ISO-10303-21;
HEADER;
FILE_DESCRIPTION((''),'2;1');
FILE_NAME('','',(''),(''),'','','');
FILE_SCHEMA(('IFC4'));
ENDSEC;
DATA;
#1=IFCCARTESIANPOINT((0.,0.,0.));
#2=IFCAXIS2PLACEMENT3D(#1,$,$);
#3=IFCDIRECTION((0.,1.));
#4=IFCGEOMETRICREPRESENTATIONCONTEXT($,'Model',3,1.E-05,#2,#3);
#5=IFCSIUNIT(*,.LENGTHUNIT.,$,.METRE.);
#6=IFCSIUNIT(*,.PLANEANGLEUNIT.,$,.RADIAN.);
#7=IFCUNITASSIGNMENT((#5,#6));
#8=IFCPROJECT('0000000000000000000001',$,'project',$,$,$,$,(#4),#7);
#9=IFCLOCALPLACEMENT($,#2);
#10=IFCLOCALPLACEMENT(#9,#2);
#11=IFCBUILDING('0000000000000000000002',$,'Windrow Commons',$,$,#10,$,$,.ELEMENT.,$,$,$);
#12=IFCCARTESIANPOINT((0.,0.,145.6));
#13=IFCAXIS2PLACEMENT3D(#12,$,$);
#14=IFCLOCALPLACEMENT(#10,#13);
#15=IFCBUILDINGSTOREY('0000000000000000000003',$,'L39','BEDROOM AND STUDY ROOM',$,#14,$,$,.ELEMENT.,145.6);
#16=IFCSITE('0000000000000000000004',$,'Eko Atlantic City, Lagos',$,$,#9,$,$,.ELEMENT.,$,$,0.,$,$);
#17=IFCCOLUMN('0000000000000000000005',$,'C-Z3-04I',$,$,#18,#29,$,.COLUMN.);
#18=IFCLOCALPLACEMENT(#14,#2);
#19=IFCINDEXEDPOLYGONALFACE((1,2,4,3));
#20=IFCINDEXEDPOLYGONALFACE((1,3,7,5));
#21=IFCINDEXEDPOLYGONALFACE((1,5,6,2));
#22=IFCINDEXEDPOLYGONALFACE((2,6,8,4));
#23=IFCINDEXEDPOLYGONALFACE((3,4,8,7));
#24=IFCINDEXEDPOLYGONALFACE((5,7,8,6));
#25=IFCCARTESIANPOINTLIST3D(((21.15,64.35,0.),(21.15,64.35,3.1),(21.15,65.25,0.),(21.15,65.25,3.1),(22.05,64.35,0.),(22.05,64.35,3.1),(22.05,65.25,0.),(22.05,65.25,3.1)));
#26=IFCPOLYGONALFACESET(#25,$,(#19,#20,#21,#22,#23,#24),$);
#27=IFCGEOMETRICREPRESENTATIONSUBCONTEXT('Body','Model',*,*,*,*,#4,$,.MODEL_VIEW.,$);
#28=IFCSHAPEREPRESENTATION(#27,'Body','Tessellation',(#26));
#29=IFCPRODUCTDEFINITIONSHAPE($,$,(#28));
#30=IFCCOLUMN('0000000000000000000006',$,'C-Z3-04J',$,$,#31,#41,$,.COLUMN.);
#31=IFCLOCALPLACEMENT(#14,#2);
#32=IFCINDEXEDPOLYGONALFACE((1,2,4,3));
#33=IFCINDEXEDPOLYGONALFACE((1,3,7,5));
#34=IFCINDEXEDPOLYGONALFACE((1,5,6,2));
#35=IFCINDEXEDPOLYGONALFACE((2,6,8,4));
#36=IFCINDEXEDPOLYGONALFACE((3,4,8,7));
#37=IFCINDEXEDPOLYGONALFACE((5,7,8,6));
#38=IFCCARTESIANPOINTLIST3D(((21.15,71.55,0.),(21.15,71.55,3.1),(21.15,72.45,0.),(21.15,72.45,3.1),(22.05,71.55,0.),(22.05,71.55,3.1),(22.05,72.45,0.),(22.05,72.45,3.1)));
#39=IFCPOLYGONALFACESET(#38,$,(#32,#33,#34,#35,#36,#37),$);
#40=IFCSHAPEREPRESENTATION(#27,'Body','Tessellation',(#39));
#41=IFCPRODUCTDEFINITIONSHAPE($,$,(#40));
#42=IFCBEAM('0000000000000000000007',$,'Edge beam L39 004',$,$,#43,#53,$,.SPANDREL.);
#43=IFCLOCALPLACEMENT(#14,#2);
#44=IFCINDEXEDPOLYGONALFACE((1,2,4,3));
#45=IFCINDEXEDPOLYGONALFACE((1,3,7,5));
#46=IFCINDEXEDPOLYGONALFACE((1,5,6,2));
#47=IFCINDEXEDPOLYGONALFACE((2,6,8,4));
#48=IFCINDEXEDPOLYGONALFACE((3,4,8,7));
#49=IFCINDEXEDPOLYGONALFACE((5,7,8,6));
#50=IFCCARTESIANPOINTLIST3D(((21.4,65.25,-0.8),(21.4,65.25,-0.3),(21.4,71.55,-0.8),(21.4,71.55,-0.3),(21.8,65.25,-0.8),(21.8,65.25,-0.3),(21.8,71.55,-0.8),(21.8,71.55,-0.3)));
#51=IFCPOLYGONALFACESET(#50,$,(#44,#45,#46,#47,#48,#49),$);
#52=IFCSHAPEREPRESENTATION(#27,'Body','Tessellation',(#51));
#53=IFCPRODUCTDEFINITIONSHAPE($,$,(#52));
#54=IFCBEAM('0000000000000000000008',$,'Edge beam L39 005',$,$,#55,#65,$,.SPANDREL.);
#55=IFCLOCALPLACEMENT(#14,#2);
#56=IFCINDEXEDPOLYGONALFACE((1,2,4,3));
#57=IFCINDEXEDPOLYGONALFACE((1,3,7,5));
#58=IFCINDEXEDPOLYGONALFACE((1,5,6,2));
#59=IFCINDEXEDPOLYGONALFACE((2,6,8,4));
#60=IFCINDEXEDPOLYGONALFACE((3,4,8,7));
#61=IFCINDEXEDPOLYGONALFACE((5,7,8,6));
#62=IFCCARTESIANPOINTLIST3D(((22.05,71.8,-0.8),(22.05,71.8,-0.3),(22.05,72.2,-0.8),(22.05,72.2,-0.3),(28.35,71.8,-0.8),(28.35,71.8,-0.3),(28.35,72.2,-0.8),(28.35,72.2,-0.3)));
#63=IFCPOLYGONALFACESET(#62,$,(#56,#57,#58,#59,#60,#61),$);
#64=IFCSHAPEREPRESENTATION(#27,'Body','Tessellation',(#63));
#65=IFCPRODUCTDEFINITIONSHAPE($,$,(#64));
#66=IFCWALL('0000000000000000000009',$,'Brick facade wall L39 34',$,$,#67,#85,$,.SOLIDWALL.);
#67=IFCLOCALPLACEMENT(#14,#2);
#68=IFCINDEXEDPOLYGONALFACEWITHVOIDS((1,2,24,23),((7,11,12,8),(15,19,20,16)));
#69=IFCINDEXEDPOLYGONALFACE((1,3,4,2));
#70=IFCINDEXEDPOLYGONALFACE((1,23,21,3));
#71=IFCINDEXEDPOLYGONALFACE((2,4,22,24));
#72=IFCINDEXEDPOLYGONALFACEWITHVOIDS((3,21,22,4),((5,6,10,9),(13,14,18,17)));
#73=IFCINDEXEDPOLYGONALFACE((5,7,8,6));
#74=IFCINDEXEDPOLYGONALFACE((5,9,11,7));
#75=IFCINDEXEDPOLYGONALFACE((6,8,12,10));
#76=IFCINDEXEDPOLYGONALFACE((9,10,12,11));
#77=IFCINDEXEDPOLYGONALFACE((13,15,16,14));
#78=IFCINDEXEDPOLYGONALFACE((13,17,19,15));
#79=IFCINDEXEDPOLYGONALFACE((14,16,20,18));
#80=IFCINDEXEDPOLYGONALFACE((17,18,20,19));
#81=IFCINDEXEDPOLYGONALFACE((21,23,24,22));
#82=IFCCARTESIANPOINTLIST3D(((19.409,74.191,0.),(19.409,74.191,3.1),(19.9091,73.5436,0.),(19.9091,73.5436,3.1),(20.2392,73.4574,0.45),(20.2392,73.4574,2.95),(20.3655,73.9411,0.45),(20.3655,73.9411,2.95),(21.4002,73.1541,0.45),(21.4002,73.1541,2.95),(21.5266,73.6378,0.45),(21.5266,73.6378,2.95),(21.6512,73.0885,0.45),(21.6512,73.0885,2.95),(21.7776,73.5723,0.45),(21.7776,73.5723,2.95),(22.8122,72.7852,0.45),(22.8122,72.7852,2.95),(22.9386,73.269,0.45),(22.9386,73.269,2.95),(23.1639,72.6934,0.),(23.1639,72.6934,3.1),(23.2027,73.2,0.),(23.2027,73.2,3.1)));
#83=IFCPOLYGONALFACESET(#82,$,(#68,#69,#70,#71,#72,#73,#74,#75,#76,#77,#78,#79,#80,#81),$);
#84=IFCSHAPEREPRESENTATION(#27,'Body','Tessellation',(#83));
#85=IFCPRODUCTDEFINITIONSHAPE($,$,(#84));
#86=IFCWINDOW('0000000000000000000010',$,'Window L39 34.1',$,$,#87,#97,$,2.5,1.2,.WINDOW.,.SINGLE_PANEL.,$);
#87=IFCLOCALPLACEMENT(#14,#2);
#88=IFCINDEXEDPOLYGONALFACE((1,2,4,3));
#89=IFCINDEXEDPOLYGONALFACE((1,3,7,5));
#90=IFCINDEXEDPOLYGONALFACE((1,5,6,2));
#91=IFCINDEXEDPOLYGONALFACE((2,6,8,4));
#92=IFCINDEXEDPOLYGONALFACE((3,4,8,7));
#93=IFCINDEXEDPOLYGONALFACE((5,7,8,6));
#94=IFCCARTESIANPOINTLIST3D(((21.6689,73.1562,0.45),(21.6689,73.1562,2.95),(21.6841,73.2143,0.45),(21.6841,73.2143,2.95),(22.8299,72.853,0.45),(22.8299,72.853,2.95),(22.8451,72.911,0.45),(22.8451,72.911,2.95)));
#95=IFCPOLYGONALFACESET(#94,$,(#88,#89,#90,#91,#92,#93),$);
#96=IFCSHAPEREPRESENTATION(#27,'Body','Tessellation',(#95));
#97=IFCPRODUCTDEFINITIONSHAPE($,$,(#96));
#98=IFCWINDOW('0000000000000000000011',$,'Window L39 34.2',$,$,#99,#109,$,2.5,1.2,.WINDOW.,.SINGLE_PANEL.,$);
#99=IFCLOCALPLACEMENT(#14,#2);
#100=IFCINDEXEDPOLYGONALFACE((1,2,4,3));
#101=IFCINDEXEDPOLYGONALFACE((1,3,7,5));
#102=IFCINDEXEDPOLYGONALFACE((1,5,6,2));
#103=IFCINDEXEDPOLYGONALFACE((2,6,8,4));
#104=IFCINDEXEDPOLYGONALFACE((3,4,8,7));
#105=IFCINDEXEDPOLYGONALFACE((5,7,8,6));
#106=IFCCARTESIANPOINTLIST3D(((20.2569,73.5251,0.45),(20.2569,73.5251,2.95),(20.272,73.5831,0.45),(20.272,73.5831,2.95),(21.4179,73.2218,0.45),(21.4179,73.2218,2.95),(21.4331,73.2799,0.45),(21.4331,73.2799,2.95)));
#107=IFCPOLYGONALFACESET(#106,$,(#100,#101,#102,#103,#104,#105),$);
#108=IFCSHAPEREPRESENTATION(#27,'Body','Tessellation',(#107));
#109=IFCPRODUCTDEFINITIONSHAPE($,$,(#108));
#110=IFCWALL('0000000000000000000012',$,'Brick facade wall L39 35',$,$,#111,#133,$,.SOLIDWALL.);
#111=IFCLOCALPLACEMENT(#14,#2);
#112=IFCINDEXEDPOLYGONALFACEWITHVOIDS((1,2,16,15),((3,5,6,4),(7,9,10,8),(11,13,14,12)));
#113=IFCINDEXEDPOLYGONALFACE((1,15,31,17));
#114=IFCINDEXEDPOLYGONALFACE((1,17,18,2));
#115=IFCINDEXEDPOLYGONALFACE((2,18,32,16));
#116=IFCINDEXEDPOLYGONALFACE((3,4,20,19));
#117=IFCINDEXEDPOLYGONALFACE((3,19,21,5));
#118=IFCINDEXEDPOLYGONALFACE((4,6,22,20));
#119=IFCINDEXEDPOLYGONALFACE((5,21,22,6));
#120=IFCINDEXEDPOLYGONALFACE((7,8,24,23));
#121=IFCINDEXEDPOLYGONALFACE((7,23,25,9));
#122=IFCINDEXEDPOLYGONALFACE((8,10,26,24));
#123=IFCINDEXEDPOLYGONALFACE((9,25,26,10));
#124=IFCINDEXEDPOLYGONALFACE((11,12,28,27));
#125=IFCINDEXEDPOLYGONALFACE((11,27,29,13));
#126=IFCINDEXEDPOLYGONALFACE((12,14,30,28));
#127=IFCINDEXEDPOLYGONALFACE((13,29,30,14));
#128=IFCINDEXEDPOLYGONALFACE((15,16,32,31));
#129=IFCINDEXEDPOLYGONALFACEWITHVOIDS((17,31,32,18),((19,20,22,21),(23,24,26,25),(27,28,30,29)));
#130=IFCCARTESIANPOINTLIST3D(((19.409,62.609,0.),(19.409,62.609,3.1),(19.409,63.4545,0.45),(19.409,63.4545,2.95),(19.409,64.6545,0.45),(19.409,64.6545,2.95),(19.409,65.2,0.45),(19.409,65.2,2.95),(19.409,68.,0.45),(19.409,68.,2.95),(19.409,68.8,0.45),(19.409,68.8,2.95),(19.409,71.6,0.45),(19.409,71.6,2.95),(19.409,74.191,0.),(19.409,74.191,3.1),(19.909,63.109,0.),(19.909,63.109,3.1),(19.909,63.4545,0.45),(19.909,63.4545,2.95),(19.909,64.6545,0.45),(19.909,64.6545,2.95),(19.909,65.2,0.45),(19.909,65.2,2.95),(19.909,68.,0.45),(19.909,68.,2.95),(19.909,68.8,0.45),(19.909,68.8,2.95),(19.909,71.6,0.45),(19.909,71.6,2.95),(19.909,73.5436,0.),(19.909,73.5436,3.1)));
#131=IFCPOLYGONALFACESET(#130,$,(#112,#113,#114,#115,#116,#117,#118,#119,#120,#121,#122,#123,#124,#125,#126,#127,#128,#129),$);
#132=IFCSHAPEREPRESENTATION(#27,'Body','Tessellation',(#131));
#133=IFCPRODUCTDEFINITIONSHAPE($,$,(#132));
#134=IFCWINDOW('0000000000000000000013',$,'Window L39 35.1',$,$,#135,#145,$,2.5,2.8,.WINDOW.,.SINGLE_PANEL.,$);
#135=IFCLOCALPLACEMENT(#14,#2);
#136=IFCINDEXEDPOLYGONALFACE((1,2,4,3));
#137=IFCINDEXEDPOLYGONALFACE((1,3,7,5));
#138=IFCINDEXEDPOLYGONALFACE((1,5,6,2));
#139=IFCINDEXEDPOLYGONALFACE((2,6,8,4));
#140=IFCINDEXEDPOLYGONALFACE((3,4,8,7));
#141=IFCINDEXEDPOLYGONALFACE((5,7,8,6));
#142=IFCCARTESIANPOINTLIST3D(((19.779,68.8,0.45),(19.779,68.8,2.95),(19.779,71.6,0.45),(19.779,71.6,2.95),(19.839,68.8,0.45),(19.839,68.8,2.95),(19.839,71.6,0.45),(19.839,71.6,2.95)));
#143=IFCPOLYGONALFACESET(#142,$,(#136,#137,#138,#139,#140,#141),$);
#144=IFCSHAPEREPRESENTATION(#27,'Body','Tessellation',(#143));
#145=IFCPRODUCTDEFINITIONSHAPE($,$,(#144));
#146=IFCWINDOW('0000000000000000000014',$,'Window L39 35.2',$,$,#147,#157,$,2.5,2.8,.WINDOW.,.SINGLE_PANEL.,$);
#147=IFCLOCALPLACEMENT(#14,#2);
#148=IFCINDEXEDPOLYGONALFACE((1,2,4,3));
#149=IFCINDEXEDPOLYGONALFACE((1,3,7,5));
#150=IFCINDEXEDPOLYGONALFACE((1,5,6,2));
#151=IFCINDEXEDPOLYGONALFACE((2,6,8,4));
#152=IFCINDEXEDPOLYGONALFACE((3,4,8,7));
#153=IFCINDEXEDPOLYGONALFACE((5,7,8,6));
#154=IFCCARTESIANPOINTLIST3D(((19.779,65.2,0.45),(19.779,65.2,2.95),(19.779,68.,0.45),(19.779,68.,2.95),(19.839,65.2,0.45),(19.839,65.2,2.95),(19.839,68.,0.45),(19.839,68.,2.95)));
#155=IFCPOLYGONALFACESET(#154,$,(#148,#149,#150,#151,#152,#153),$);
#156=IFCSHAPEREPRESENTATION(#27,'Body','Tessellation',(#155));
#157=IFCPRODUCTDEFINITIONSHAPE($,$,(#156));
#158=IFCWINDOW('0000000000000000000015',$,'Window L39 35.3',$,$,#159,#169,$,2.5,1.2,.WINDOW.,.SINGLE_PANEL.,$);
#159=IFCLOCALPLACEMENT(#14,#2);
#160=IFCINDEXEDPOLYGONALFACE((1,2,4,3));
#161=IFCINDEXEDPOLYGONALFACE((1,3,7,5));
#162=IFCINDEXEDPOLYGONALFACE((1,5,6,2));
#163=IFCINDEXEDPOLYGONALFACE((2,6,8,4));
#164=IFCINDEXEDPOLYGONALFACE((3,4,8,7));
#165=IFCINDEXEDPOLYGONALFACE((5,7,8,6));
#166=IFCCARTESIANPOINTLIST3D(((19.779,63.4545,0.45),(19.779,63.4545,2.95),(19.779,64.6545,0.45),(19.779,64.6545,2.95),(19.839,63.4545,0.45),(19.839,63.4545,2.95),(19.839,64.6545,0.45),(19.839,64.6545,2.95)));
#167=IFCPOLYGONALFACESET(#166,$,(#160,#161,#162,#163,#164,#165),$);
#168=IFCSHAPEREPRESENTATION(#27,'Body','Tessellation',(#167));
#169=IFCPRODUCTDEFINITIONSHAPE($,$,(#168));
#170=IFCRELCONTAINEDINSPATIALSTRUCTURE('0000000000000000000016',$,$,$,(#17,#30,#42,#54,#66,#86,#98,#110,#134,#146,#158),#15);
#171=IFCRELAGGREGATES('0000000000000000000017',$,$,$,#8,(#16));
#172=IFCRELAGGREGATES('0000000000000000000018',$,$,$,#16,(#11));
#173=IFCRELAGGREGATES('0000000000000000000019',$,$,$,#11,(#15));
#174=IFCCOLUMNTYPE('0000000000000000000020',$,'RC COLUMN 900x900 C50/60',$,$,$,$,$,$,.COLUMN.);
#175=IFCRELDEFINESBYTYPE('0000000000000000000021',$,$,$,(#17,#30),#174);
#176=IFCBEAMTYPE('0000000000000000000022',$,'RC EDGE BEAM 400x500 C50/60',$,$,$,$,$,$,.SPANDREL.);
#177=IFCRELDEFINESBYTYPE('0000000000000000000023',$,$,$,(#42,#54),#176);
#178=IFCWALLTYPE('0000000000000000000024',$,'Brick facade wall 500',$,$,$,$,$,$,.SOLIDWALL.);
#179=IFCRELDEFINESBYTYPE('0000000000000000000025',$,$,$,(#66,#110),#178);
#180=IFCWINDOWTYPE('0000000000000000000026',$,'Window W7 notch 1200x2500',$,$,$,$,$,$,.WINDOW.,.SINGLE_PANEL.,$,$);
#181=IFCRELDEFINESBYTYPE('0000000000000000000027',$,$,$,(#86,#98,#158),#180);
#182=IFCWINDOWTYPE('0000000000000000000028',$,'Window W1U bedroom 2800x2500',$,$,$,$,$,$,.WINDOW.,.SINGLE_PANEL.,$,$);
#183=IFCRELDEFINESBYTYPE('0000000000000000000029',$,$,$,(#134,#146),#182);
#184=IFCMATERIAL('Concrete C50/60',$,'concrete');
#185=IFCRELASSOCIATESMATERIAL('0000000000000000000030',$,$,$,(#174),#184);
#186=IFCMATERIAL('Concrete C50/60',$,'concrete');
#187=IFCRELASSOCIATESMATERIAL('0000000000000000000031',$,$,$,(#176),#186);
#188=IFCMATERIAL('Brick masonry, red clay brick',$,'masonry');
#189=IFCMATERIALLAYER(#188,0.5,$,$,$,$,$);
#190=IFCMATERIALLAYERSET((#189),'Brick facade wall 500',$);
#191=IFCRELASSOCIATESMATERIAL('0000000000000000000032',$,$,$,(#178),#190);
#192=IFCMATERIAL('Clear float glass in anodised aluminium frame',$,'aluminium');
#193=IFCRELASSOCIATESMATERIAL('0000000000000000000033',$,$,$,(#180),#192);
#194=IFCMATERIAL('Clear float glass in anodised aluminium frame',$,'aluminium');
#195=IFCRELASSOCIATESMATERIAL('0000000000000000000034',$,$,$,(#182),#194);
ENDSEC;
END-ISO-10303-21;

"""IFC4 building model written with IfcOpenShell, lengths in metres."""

from ifc_helpers import new_model, si_unit, direction, frame, frame_2d, origin, origin_2d, place, context, subcontext, project, spatial, polyline, rectangle, outline, extrude, material, layer, layer_set, material_profile, profile_set, type_object, element, fill, save


model = new_model("IFC4")

# Units and contexts
model_context = context("Model", 3, precision=1e-05, world=origin(), true_north=direction((0.0, 1.0)))
body_context = subcontext(model_context, "Body", "Model", "MODEL_VIEW")
ifc_project = project(units=[si_unit("LENGTHUNIT", "METRE"), si_unit("PLANEANGLEUNIT", "RADIAN")], contexts=[model_context])

# Site, building, storey
site_placement = place(None, origin())
site = spatial("IfcSite", under=ifc_project, at=site_placement, Name="Eko Atlantic City, Lagos", CompositionType="ELEMENT", RefElevation=0.0)
building_placement = place(site_placement, origin())
building = spatial("IfcBuilding", under=site, at=building_placement, Name="Windrow Commons", CompositionType="ELEMENT")
storey_placement = place(building_placement, frame((0.0, 0.0, 145.6)))
storey = spatial("IfcBuildingStorey", under=building, at=storey_placement, Name="L39", Description="BEDROOM AND STUDY ROOM", CompositionType="ELEMENT", Elevation=145.6)

# Columns
ifc_material_1 = material(Name="Concrete C50/60", Category="concrete")
ifc_material_profile_1 = material_profile(ifc_material_1, rectangle(XDim=0.9, YDim=0.9, at=origin_2d()))
ifc_profile_set_1 = profile_set([ifc_material_profile_1], Name="Concrete C50/60")
column_type = type_object("IfcColumnType", Name="RC COLUMN 900x900 C50/60", PredefinedType="COLUMN", material=ifc_profile_set_1)
for number, where, z_axis, x_axis, name in (
    (1, (21.6, 64.8, 0.0), (0.0, 0.0, 1.0), (1.0, 0.0, 0.0), "C-Z3-04I"),
    (2, (21.6, 72.0, 0.0), (0.0, 0.0, 1.0), (1.0, 0.0, 0.0), "C-Z3-04J"),
):
    element("IfcColumn", number, at=place(storey_placement, frame(where, z_axis=z_axis, x_axis=x_axis)), inside=storey, type_object=column_type, Name=name, PredefinedType="COLUMN", context=body_context, shape_type="SweptSolid", body=[
        extrude(rectangle(XDim=0.9, YDim=0.9, at=origin_2d()), origin(), (0.0, 0.0, 1.0), 3.1),
    ])

# Beams
ifc_material_2 = material(Name="Concrete C50/60", Category="concrete")
ifc_material_profile_2 = material_profile(ifc_material_2, rectangle(XDim=0.4, YDim=0.5, at=origin_2d()))
ifc_profile_set_2 = profile_set([ifc_material_profile_2], Name="Concrete C50/60")
beam_type = type_object("IfcBeamType", Name="RC EDGE BEAM 400x500 C50/60", PredefinedType="SPANDREL", material=ifc_profile_set_2)
for number, where, z_axis, x_axis, name in (
    (3, (21.6, 65.25, -0.55), (0.0, 1.0, 0.0), (-1.0, 0.0, 0.0), "Edge beam L39 004"),
    (4, (22.05, 72.0, -0.55), (1.0, 0.0, 0.0), (0.0, 1.0, 0.0), "Edge beam L39 005"),
):
    element("IfcBeam", number, at=place(storey_placement, frame(where, z_axis=z_axis, x_axis=x_axis)), inside=storey, type_object=beam_type, Name=name, PredefinedType="SPANDREL", context=body_context, shape_type="SweptSolid", body=[
        extrude(rectangle(XDim=0.4, YDim=0.5, at=origin_2d()), origin(), (0.0, 0.0, 1.0), 6.3),
    ])

# Walls, openings, windows
ifc_material_3 = material(Name="Brick masonry, red clay brick", Category="masonry")
ifc_layer_1 = layer(ifc_material_3, 0.5)
ifc_layer_set_1 = layer_set([ifc_layer_1], Name="Brick facade wall 500")
wall_type_1 = type_object("IfcWallType", Name="Brick facade wall 500", PredefinedType="SOLIDWALL", material=ifc_layer_set_1)
wall_1_placement = place(storey_placement, frame((23.1833, 72.9467, 0.0), z_axis=(0.0, 0.0, 1.0), x_axis=(-0.967536, 0.252735, 0.0)))
wall_1 = element("IfcWall", 5, at=wall_1_placement, inside=storey, type_object=wall_type_1, Name="Brick facade wall L39 34", PredefinedType="SOLIDWALL", context=body_context, shape_type="SweptSolid", body=[
    extrude(outline(polyline([(0.0453, -0.25), (3.9662, -0.25), (3.3188, 0.25), (-0.0453, 0.25), (0.0453, -0.25)])), origin(), (0.0, 0.0, 1.0), 3.1),
])
opening_1_placement = place(wall_1_placement, frame((0.3182, 0.0, 0.45)))
opening_1 = element("IfcOpeningElement", 6, at=opening_1_placement, cuts=wall_1, PredefinedType="OPENING", context=body_context, shape_type="SweptSolid", body=[
    extrude(rectangle(XDim=1.2, YDim=2.5, at=frame_2d((0.6, 1.25))), frame((0.0, 0.26, 0.0), z_axis=(0.0, -1.0, 0.0), x_axis=(1.0, 0.0, 0.0)), (0.0, 0.0, 1.0), 0.52),
])
opening_2_placement = place(wall_1_placement, frame((1.7776, 0.0, 0.45)))
opening_2 = element("IfcOpeningElement", 7, at=opening_2_placement, cuts=wall_1, PredefinedType="OPENING", context=body_context, shape_type="SweptSolid", body=[
    extrude(rectangle(XDim=1.2, YDim=2.5, at=frame_2d((0.6, 1.25))), frame((0.0, 0.26, 0.0), z_axis=(0.0, -1.0, 0.0), x_axis=(1.0, 0.0, 0.0)), (0.0, 0.0, 1.0), 0.52),
])
ifc_material_4 = material(Name="Clear float glass in anodised aluminium frame", Category="aluminium")
window_type_1 = type_object("IfcWindowType", Name="Window W7 notch 1200x2500", PartitioningType="SINGLE_PANEL", PredefinedType="WINDOW", material=ifc_material_4)
window_1_placement = place(opening_1_placement, origin())
window_1 = element("IfcWindow", 8, at=window_1_placement, inside=storey, type_object=window_type_1, Name="Window L39 34.1", OverallHeight=2.5, OverallWidth=1.2, PartitioningType="SINGLE_PANEL", PredefinedType="WINDOW", context=body_context, shape_type="SweptSolid", body=[
    extrude(rectangle(XDim=1.2, YDim=2.5, at=frame_2d((0.6, 1.25))), frame((0.0, 0.18, 0.0), z_axis=(0.0, -1.0, 0.0), x_axis=(1.0, 0.0, 0.0)), (0.0, 0.0, 1.0), 0.06),
])
fill(opening_1, window_1)
window_2_placement = place(opening_2_placement, origin())
window_2 = element("IfcWindow", 9, at=window_2_placement, inside=storey, type_object=window_type_1, Name="Window L39 34.2", OverallHeight=2.5, OverallWidth=1.2, PartitioningType="SINGLE_PANEL", PredefinedType="WINDOW", context=body_context, shape_type="SweptSolid", body=[
    extrude(rectangle(XDim=1.2, YDim=2.5, at=frame_2d((0.6, 1.25))), frame((0.0, 0.18, 0.0), z_axis=(0.0, -1.0, 0.0), x_axis=(1.0, 0.0, 0.0)), (0.0, 0.0, 1.0), 0.06),
])
fill(opening_2, window_2)
wall_2_placement = place(storey_placement, frame((19.659, 73.8673, 0.0), z_axis=(0.0, 0.0, 1.0), x_axis=(0.0, -1.0, 0.0)))
wall_2 = element("IfcWall", 10, at=wall_2_placement, inside=storey, type_object=wall_type_1, Name="Brick facade wall L39 35", PredefinedType="SOLIDWALL", context=body_context, shape_type="SweptSolid", body=[
    extrude(outline(polyline([(-0.3237, -0.25), (11.2583, -0.25), (10.7583, 0.25), (0.3237, 0.25), (-0.3237, -0.25)])), origin(), (0.0, 0.0, 1.0), 3.1),
])
opening_3_placement = place(wall_2_placement, frame((2.2673, 0.0, 0.45)))
opening_3 = element("IfcOpeningElement", 11, at=opening_3_placement, cuts=wall_2, PredefinedType="OPENING", context=body_context, shape_type="SweptSolid", body=[
    extrude(rectangle(XDim=2.8, YDim=2.5, at=frame_2d((1.4, 1.25))), frame((0.0, 0.26, 0.0), z_axis=(0.0, -1.0, 0.0), x_axis=(1.0, 0.0, 0.0)), (0.0, 0.0, 1.0), 0.52),
])
opening_4_placement = place(wall_2_placement, frame((5.8673, 0.0, 0.45)))
opening_4 = element("IfcOpeningElement", 12, at=opening_4_placement, cuts=wall_2, PredefinedType="OPENING", context=body_context, shape_type="SweptSolid", body=[
    extrude(rectangle(XDim=2.8, YDim=2.5, at=frame_2d((1.4, 1.25))), frame((0.0, 0.26, 0.0), z_axis=(0.0, -1.0, 0.0), x_axis=(1.0, 0.0, 0.0)), (0.0, 0.0, 1.0), 0.52),
])
opening_5_placement = place(wall_2_placement, frame((9.2128, 0.0, 0.45)))
opening_5 = element("IfcOpeningElement", 13, at=opening_5_placement, cuts=wall_2, PredefinedType="OPENING", context=body_context, shape_type="SweptSolid", body=[
    extrude(rectangle(XDim=1.2, YDim=2.5, at=frame_2d((0.6, 1.25))), frame((0.0, 0.26, 0.0), z_axis=(0.0, -1.0, 0.0), x_axis=(1.0, 0.0, 0.0)), (0.0, 0.0, 1.0), 0.52),
])
ifc_material_5 = material(Name="Clear float glass in anodised aluminium frame", Category="aluminium")
window_type_2 = type_object("IfcWindowType", Name="Window W1U bedroom 2800x2500", PartitioningType="SINGLE_PANEL", PredefinedType="WINDOW", material=ifc_material_5)
window_3_placement = place(opening_3_placement, origin())
window_3 = element("IfcWindow", 14, at=window_3_placement, inside=storey, type_object=window_type_2, Name="Window L39 35.1", OverallHeight=2.5, OverallWidth=2.8, PartitioningType="SINGLE_PANEL", PredefinedType="WINDOW", context=body_context, shape_type="SweptSolid", body=[
    extrude(rectangle(XDim=2.8, YDim=2.5, at=frame_2d((1.4, 1.25))), frame((0.0, 0.18, 0.0), z_axis=(0.0, -1.0, 0.0), x_axis=(1.0, 0.0, 0.0)), (0.0, 0.0, 1.0), 0.06),
])
fill(opening_3, window_3)
window_4_placement = place(opening_4_placement, origin())
window_4 = element("IfcWindow", 15, at=window_4_placement, inside=storey, type_object=window_type_2, Name="Window L39 35.2", OverallHeight=2.5, OverallWidth=2.8, PartitioningType="SINGLE_PANEL", PredefinedType="WINDOW", context=body_context, shape_type="SweptSolid", body=[
    extrude(rectangle(XDim=2.8, YDim=2.5, at=frame_2d((1.4, 1.25))), frame((0.0, 0.18, 0.0), z_axis=(0.0, -1.0, 0.0), x_axis=(1.0, 0.0, 0.0)), (0.0, 0.0, 1.0), 0.06),
])
fill(opening_4, window_4)
window_5_placement = place(opening_5_placement, origin())
window_5 = element("IfcWindow", 16, at=window_5_placement, inside=storey, type_object=window_type_1, Name="Window L39 35.3", OverallHeight=2.5, OverallWidth=1.2, PartitioningType="SINGLE_PANEL", PredefinedType="WINDOW", context=body_context, shape_type="SweptSolid", body=[
    extrude(rectangle(XDim=1.2, YDim=2.5, at=frame_2d((0.6, 1.25))), frame((0.0, 0.18, 0.0), z_axis=(0.0, -1.0, 0.0), x_axis=(1.0, 0.0, 0.0)), (0.0, 0.0, 1.0), 0.06),
])
fill(opening_5, window_5)

save(model, "model.ifc")
